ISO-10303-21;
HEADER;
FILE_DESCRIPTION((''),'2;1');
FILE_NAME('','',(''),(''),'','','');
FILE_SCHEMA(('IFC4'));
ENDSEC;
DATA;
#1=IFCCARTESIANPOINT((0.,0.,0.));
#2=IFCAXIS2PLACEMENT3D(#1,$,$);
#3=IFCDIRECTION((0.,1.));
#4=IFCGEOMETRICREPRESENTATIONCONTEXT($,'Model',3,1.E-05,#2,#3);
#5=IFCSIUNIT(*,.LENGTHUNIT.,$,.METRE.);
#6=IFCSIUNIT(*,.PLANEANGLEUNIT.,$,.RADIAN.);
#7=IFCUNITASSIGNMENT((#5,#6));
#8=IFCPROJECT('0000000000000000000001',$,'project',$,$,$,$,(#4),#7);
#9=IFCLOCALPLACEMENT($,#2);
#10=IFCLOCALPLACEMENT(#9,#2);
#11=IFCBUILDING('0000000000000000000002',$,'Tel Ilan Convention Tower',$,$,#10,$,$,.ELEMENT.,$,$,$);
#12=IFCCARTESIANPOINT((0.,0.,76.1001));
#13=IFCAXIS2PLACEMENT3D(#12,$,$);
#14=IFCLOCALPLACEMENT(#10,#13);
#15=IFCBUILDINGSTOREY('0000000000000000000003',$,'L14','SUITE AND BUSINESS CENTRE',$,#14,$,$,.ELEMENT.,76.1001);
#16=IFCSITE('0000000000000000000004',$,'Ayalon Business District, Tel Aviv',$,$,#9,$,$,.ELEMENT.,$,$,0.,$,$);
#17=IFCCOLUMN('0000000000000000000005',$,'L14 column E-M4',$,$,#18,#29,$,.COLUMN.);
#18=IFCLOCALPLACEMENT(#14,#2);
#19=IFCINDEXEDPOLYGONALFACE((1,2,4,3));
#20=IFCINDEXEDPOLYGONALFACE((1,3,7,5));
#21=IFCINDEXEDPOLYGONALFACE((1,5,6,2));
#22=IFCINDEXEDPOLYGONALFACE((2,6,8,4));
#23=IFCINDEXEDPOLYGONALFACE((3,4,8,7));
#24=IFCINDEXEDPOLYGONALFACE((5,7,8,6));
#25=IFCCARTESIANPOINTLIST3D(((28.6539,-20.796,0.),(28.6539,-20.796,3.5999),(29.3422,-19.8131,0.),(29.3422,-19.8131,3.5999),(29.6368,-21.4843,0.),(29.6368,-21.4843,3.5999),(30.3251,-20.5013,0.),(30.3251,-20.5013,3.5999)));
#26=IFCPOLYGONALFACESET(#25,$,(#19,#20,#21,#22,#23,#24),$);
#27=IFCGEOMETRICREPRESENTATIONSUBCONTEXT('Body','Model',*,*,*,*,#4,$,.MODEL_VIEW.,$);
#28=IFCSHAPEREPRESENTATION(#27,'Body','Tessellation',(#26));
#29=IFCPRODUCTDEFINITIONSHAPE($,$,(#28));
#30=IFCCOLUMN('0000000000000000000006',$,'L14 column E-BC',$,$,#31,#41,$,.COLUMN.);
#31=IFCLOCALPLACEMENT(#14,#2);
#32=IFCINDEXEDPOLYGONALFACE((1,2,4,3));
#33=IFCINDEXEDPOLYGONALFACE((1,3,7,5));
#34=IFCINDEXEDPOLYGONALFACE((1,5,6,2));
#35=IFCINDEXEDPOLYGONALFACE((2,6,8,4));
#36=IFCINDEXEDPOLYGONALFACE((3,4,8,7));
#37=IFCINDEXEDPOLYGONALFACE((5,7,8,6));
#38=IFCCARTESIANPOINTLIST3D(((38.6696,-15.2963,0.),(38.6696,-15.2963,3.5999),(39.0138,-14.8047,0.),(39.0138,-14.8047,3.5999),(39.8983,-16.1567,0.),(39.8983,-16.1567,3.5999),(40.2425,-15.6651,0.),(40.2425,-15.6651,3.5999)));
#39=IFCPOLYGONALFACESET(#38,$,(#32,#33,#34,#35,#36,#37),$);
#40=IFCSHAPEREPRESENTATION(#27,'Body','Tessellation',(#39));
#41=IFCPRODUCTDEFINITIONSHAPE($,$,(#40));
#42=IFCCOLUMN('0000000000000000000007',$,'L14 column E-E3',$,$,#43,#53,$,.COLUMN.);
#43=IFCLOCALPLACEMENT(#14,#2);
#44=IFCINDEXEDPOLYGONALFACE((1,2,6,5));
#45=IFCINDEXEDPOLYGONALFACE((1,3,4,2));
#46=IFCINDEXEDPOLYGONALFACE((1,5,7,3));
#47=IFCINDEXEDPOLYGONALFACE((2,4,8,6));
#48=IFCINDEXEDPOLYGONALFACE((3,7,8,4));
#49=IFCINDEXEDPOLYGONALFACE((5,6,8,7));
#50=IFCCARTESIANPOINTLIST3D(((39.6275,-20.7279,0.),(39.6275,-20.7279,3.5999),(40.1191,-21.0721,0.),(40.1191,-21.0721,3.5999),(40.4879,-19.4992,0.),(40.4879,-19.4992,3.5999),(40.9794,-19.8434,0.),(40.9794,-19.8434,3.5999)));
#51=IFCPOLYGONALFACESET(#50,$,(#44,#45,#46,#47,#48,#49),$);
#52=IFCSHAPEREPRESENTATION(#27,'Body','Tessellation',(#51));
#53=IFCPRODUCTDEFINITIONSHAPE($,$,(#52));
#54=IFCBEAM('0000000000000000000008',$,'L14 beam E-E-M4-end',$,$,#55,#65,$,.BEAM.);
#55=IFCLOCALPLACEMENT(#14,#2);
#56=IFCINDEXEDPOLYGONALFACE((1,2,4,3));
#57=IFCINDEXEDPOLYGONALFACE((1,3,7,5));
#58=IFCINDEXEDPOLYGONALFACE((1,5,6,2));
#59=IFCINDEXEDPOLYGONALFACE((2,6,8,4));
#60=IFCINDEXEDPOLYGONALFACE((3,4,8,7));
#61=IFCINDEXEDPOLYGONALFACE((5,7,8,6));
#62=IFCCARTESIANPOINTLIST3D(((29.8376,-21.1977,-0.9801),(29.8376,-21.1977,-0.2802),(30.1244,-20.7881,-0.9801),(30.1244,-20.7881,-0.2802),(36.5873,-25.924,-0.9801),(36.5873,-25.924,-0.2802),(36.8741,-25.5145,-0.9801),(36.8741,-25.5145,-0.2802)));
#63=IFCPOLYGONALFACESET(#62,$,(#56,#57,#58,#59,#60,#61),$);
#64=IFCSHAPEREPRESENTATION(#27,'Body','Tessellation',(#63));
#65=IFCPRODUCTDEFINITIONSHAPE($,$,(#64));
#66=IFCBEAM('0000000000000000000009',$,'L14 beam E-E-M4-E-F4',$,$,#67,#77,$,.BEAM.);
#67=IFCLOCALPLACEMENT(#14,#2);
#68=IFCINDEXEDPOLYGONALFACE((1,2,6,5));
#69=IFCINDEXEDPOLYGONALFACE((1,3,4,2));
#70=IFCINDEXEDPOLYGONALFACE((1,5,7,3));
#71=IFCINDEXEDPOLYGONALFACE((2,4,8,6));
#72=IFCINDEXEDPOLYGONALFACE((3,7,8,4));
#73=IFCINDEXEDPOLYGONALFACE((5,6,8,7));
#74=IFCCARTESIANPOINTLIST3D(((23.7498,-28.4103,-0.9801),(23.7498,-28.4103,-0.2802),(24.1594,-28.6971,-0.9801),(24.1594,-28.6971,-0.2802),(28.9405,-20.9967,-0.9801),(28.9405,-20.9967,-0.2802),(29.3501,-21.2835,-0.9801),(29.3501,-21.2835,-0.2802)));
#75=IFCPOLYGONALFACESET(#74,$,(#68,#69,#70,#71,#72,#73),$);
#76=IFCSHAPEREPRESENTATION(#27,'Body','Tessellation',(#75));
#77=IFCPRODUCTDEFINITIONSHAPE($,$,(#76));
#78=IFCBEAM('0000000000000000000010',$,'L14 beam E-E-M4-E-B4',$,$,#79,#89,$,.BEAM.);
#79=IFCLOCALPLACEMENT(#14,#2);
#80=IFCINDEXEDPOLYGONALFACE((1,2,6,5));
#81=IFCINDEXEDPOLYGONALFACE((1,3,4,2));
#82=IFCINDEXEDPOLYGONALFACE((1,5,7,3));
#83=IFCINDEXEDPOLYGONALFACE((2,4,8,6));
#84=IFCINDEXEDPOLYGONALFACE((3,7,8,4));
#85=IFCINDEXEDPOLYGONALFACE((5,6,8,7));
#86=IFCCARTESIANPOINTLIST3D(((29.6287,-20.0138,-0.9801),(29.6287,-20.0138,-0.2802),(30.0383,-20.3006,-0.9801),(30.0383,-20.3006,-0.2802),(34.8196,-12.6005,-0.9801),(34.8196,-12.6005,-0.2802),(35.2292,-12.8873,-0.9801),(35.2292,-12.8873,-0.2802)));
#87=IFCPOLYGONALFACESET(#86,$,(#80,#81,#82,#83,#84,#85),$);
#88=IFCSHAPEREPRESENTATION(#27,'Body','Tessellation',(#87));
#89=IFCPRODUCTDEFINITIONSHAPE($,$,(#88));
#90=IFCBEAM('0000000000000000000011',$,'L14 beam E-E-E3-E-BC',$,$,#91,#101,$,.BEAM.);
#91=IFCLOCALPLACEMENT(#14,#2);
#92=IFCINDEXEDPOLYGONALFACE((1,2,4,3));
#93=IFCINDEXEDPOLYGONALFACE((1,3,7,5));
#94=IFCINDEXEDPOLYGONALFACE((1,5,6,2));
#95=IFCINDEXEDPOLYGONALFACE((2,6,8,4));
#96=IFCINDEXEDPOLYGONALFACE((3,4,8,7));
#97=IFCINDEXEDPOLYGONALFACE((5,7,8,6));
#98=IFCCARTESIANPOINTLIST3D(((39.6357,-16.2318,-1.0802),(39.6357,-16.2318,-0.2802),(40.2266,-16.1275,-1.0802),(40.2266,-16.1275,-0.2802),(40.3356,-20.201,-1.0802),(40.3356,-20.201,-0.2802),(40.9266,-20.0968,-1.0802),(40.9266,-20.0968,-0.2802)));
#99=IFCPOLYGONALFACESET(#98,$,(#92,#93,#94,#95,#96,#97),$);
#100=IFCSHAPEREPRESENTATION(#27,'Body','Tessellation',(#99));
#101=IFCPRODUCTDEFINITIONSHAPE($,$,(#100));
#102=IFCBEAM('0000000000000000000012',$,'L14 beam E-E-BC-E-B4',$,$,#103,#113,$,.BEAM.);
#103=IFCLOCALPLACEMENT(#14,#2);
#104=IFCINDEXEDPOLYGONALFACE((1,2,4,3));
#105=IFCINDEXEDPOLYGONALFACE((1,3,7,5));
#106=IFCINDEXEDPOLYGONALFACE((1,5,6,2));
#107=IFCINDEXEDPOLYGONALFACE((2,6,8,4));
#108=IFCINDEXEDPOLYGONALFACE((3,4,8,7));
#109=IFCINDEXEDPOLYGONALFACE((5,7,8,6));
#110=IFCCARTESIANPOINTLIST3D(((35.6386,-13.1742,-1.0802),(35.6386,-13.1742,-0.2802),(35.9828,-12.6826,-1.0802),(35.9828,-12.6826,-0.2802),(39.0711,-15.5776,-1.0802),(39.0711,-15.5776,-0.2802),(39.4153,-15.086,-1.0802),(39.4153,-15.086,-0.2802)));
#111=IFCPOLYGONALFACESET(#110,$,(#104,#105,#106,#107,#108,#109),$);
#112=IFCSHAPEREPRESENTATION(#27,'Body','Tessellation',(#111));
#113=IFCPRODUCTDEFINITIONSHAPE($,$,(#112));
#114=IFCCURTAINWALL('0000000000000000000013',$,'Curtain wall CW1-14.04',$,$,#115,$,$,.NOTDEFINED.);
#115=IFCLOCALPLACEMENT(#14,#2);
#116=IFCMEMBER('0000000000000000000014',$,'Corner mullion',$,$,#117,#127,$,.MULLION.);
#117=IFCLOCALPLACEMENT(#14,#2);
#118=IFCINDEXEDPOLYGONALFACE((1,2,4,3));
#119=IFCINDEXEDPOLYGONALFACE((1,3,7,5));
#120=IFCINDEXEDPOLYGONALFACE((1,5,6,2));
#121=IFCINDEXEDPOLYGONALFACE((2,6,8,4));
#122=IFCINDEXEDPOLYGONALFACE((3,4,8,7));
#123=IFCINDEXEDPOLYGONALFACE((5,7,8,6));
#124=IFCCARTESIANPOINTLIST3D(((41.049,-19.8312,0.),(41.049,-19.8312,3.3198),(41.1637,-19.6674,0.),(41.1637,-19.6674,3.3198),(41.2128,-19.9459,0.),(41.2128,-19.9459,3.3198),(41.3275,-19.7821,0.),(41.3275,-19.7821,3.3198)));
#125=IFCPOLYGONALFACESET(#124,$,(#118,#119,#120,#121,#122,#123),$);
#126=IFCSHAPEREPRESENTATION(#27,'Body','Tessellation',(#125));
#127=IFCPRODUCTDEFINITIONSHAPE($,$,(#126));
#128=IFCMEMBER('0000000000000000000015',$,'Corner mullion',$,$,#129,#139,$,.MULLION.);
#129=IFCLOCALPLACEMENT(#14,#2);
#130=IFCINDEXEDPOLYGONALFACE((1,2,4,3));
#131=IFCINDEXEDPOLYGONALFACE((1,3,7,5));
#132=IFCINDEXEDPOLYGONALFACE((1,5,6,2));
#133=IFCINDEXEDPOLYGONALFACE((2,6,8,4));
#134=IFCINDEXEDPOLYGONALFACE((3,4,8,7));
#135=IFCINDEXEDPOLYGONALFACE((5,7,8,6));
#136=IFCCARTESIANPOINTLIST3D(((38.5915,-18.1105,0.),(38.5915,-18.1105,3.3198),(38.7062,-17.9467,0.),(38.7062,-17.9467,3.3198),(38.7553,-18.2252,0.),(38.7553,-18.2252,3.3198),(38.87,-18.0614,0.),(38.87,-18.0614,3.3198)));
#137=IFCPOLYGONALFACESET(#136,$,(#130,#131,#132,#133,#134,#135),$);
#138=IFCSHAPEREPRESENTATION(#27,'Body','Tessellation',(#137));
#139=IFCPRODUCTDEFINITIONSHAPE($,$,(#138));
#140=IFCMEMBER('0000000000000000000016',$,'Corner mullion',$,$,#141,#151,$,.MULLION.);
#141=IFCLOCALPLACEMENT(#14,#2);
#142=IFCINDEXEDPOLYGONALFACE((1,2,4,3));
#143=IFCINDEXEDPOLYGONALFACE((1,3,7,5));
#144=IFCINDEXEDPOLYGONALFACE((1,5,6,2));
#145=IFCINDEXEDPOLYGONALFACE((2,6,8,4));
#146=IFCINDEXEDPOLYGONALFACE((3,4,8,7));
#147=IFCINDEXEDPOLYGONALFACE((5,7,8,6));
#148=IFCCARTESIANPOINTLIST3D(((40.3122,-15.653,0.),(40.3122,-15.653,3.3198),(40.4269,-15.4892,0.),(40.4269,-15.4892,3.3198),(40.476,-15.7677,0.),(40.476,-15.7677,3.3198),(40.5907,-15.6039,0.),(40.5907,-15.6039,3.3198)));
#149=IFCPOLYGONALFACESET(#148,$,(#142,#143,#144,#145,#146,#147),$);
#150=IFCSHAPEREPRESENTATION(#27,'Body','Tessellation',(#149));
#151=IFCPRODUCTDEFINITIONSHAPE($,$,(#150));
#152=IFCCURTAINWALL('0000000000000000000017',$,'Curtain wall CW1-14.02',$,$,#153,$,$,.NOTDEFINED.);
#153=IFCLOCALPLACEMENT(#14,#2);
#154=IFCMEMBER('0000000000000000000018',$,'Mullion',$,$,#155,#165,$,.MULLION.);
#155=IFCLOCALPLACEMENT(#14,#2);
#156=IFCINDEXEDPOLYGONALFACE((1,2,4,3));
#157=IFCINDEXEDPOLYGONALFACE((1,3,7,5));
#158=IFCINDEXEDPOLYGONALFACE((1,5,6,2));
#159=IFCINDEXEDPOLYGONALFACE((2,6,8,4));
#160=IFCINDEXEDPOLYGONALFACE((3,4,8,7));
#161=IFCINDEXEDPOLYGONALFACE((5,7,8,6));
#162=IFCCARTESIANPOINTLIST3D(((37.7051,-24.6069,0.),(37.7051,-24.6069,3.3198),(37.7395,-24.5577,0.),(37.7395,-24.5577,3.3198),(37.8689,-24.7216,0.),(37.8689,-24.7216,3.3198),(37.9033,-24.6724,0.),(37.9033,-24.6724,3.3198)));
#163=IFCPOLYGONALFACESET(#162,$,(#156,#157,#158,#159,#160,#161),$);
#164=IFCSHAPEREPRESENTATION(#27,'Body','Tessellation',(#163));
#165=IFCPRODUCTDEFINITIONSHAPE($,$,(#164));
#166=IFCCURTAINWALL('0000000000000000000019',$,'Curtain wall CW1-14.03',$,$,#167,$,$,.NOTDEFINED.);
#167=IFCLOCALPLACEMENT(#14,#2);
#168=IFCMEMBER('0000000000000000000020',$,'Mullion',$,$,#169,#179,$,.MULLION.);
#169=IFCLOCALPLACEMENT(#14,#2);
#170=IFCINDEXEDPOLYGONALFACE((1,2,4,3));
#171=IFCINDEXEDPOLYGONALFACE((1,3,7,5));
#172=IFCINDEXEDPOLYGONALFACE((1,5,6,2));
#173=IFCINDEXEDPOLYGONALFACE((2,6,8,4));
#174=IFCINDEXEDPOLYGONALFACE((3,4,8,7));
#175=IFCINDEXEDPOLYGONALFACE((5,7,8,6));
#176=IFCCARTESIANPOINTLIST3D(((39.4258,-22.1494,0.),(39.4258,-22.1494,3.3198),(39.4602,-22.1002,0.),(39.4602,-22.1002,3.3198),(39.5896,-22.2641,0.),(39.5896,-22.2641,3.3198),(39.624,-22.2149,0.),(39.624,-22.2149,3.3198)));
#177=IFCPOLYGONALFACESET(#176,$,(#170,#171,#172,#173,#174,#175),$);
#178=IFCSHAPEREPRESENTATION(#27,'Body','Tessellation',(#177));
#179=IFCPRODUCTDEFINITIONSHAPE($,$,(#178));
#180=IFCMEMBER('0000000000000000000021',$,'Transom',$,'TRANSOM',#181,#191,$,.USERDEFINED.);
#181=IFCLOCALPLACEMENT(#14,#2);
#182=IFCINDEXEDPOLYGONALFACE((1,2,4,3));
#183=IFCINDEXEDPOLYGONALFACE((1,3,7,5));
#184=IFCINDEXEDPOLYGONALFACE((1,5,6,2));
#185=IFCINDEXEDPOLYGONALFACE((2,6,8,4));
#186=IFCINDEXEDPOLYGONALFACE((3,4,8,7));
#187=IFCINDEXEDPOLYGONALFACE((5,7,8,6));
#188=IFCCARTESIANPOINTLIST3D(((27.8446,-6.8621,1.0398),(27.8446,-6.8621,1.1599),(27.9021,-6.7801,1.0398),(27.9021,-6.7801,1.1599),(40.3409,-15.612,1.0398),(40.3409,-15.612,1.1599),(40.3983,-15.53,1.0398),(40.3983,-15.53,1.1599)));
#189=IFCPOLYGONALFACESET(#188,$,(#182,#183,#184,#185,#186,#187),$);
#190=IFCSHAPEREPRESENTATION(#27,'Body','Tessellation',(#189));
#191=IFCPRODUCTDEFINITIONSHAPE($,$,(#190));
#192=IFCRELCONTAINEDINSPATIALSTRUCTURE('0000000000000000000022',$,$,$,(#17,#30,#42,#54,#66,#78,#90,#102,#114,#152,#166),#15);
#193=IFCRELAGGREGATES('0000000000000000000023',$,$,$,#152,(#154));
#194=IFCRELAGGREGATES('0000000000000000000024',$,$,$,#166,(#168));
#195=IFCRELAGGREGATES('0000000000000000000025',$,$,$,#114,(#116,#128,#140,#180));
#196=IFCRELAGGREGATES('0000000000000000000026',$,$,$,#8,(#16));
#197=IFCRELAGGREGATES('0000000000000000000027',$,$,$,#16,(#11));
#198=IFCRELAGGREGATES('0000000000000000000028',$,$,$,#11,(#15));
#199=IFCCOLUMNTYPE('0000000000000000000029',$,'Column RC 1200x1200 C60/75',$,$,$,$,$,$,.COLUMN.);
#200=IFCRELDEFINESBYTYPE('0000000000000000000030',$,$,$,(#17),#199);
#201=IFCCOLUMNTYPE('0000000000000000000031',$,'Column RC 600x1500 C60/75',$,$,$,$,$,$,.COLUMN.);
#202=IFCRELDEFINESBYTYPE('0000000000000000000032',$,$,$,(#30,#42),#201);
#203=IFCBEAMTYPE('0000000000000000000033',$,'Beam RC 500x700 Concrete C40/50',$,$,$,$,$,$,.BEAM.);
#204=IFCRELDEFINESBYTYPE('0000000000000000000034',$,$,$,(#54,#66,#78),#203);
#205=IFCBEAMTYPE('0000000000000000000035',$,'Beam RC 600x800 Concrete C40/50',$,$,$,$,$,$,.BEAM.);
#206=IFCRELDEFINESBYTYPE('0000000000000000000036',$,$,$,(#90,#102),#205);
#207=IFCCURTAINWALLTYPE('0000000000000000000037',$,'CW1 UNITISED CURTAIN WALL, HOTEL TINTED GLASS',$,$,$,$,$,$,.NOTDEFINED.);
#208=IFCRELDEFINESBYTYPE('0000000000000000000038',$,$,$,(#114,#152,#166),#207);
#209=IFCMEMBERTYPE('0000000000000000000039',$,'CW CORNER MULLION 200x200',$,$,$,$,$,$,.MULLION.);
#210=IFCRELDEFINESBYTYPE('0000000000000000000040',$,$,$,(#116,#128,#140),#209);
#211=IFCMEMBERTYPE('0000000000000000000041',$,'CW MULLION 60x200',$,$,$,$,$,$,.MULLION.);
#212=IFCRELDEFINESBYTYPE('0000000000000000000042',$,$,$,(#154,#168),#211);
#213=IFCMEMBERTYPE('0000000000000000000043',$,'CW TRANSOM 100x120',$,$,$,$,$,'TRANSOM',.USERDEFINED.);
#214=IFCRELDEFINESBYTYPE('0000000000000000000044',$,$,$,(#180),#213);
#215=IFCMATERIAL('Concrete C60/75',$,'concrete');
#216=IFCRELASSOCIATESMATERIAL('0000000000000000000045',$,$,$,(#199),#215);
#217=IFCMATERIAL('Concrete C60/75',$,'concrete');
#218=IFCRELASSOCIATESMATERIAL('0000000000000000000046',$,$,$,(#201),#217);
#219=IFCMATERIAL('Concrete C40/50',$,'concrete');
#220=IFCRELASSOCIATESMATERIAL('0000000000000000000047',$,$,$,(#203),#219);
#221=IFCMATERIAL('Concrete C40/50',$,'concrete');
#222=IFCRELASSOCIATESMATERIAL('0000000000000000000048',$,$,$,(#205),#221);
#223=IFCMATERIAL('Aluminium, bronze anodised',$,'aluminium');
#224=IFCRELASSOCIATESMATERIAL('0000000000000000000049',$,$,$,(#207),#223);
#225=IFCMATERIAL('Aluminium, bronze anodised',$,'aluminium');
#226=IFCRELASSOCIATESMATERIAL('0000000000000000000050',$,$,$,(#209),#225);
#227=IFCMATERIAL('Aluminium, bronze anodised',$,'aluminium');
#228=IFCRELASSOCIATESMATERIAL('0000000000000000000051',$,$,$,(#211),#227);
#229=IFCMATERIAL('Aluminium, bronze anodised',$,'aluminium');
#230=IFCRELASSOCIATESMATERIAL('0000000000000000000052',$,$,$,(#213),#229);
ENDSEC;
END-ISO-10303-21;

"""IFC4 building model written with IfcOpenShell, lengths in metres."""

from ifc_helpers import new_model, si_unit, direction, frame, origin, origin_2d, place, context, subcontext, project, spatial, rectangle, extrude, material, material_profile, profile_set, type_object, element, aggregate, save


model = new_model("IFC4")

# Units and contexts
model_context = context("Model", 3, precision=1e-05, world=origin(), true_north=direction((0.0, 1.0)))
body_context = subcontext(model_context, "Body", "Model", "MODEL_VIEW")
ifc_project = project(units=[si_unit("LENGTHUNIT", "METRE"), si_unit("PLANEANGLEUNIT", "RADIAN")], contexts=[model_context])

# Site, building, storey
site_placement = place(None, origin())
site = spatial("IfcSite", under=ifc_project, at=site_placement, Name="Ayalon Business District, Tel Aviv", CompositionType="ELEMENT", RefElevation=0.0)
building_placement = place(site_placement, origin())
building = spatial("IfcBuilding", under=site, at=building_placement, Name="Tel Ilan Convention Tower", CompositionType="ELEMENT")
storey_placement = place(building_placement, frame((0.0, 0.0, 76.1001)))
storey = spatial("IfcBuildingStorey", under=building, at=storey_placement, Name="L14", Description="SUITE AND BUSINESS CENTRE", CompositionType="ELEMENT", Elevation=76.1001)

# Columns
ifc_material_1 = material(Name="Concrete C60/75", Category="concrete")
ifc_material_profile_1 = material_profile(ifc_material_1, rectangle(XDim=1.2, YDim=1.2, at=origin_2d()), Name="RC 1200x1200")
ifc_profile_set_1 = profile_set([ifc_material_profile_1], Name="Concrete C60/75")
column_type_1 = type_object("IfcColumnType", Name="Column RC 1200x1200 C60/75", PredefinedType="COLUMN", material=ifc_profile_set_1)
column_placement = place(storey_placement, frame((29.4895, -20.6487, 0.0), z_axis=(0.0, 0.0, 1.0), x_axis=(0.819152, -0.573576, 0.0)))
element("IfcColumn", 1, at=column_placement, inside=storey, type_object=column_type_1, Name="L14 column E-M4", PredefinedType="COLUMN", context=body_context, shape_type="SweptSolid", body=[
    extrude(rectangle(XDim=1.2, YDim=1.2, at=origin_2d()), origin(), (0.0, 0.0, 1.0), 3.5999),
])
ifc_material_2 = material(Name="Concrete C60/75", Category="concrete")
ifc_material_profile_2 = material_profile(ifc_material_2, rectangle(XDim=1.5, YDim=0.6001, at=origin_2d()), Name="RC 600x1500")
ifc_profile_set_2 = profile_set([ifc_material_profile_2], Name="Concrete C60/75")
column_type_2 = type_object("IfcColumnType", Name="Column RC 600x1500 C60/75", PredefinedType="COLUMN", material=ifc_profile_set_2)
for number, where, z_axis, x_axis, name in (
    (2, (39.4561, -15.4807, 0.0), (0.0, 0.0, 1.0), (0.819152, -0.573576, 0.0), "L14 column E-BC"),
    (3, (40.3035, -20.2856, 0.0), (0.0, 0.0, 1.0), (0.573576, 0.819152, 0.0), "L14 column E-E3"),
):
    element("IfcColumn", number, at=place(storey_placement, frame(where, z_axis=z_axis, x_axis=x_axis)), inside=storey, type_object=column_type_2, Name=name, PredefinedType="COLUMN", context=body_context, shape_type="SweptSolid", body=[
        extrude(rectangle(XDim=1.5, YDim=0.6001, at=origin_2d()), origin(), (0.0, 0.0, 1.0), 3.5999),
    ])

# Beams
ifc_material_3 = material(Name="Concrete C40/50", Category="concrete")
ifc_material_profile_3 = material_profile(ifc_material_3, rectangle(XDim=0.5, YDim=0.7, at=origin_2d()), Name="RC 500x700")
ifc_profile_set_3 = profile_set([ifc_material_profile_3], Name="Concrete C40/50")
beam_type_1 = type_object("IfcBeamType", Name="Beam RC 500x700 Concrete C40/50", PredefinedType="BEAM", material=ifc_profile_set_3)
beam_1_placement = place(storey_placement, frame((29.981, -20.9929, -0.6301), z_axis=(0.819147, -0.573584, 0.0), x_axis=(0.573584, 0.819147, 0.0)))
element("IfcBeam", 4, at=beam_1_placement, inside=storey, type_object=beam_type_1, Name="L14 beam E-E-M4-end", PredefinedType="BEAM", context=body_context, shape_type="SweptSolid", body=[
    extrude(rectangle(XDim=0.5, YDim=0.7, at=origin_2d()), origin(), (0.0, 0.0, 1.0), 8.24),
])
for number, where, z_axis, x_axis, name in (
    (5, (29.1453, -21.1401, -0.6301), (-0.573549, -0.819171, 0.0), (0.819171, -0.573549, 0.0), "L14 beam E-E-M4-E-F4"),
    (6, (29.8335, -20.1572, -0.6301), (0.57358, 0.81915, 0.0), (-0.81915, 0.57358, 0.0), "L14 beam E-E-M4-E-B4"),
):
    element("IfcBeam", number, at=place(storey_placement, frame(where, z_axis=z_axis, x_axis=x_axis)), inside=storey, type_object=beam_type_1, Name=name, PredefinedType="BEAM", context=body_context, shape_type="SweptSolid", body=[
        extrude(rectangle(XDim=0.5, YDim=0.7, at=origin_2d()), origin(), (0.0, 0.0, 1.0), 9.05),
    ])
ifc_material_4 = material(Name="Concrete C40/50", Category="concrete")
ifc_material_profile_4 = material_profile(ifc_material_4, rectangle(XDim=0.6001, YDim=0.8, at=origin_2d()), Name="RC 600x800")
ifc_profile_set_4 = profile_set([ifc_material_profile_4], Name="Concrete C40/50")
beam_type_2 = type_object("IfcBeamType", Name="Beam RC 600x800 Concrete C40/50", PredefinedType="BEAM", material=ifc_profile_set_4)
beam_2_placement = place(storey_placement, frame((40.6311, -20.1489, -0.6802), z_axis=(-0.173664, 0.984805, 0.0), x_axis=(-0.984805, -0.173664, 0.0)))
element("IfcBeam", 7, at=beam_2_placement, inside=storey, type_object=beam_type_2, Name="L14 beam E-E-E3-E-BC", PredefinedType="BEAM", context=body_context, shape_type="SweptSolid", body=[
    extrude(rectangle(XDim=0.6001, YDim=0.8, at=origin_2d()), origin(), (0.0, 0.0, 1.0), 4.0305),
])
beam_3_placement = place(storey_placement, frame((39.2432, -15.3318, -0.6802), z_axis=(-0.819158, 0.573568, 0.0), x_axis=(-0.573568, -0.819158, 0.0)))
element("IfcBeam", 8, at=beam_3_placement, inside=storey, type_object=beam_type_2, Name="L14 beam E-E-BC-E-B4", PredefinedType="BEAM", context=body_context, shape_type="SweptSolid", body=[
    extrude(rectangle(XDim=0.6001, YDim=0.8, at=origin_2d()), origin(), (0.0, 0.0, 1.0), 4.1902),
])

# Curtain wall, members
ifc_material_5 = material(Name="Aluminium, bronze anodised", Category="aluminium")
curtain_wall_type = type_object("IfcCurtainWallType", Name="CW1 UNITISED CURTAIN WALL, HOTEL TINTED GLASS", PredefinedType="NOTDEFINED", material=ifc_material_5)
curtain_wall_1_placement = place(storey_placement, origin())
curtain_wall_1 = element("IfcCurtainWall", 9, at=curtain_wall_1_placement, inside=storey, type_object=curtain_wall_type, Name="Curtain wall CW1-14.04", PredefinedType="NOTDEFINED")
ifc_material_6 = material(Name="Aluminium, bronze anodised", Category="aluminium")
ifc_material_profile_5 = material_profile(ifc_material_6, rectangle(XDim=0.2, YDim=0.2, at=origin_2d()), Name="CW CORNER MULLION 200x200")
ifc_profile_set_5 = profile_set([ifc_material_profile_5], Name="Aluminium, bronze anodised")
member_type_1 = type_object("IfcMemberType", Name="CW CORNER MULLION 200x200", PredefinedType="MULLION", material=ifc_profile_set_5)
member_1_placement = place(storey_placement, frame((41.1882, -19.8066, 0.0), z_axis=(0.0, 0.0, 1.0), x_axis=(0.573576, 0.819152, 0.0)))
member_1 = element("IfcMember", 10, at=member_1_placement, type_object=member_type_1, Name="Corner mullion", PredefinedType="MULLION", context=body_context, shape_type="SweptSolid", body=[
    extrude(rectangle(XDim=0.2, YDim=0.2, at=origin_2d()), origin(), (0.0, 0.0, 1.0), 3.3198),
])
member_2_placement = place(storey_placement, frame((38.7307, -18.0859, 0.0), z_axis=(0.0, 0.0, 1.0), x_axis=(-0.819152, 0.573576, 0.0)))
member_2 = element("IfcMember", 11, at=member_2_placement, type_object=member_type_1, Name="Corner mullion", PredefinedType="MULLION", context=body_context, shape_type="SweptSolid", body=[
    extrude(rectangle(XDim=0.2, YDim=0.2, at=origin_2d()), origin(), (0.0, 0.0, 1.0), 3.3198),
])
member_3_placement = place(storey_placement, frame((40.4514, -15.6284, 0.0), z_axis=(0.0, 0.0, 1.0), x_axis=(0.573576, 0.819152, 0.0)))
member_3 = element("IfcMember", 12, at=member_3_placement, type_object=member_type_1, Name="Corner mullion", PredefinedType="MULLION", context=body_context, shape_type="SweptSolid", body=[
    extrude(rectangle(XDim=0.2, YDim=0.2, at=origin_2d()), origin(), (0.0, 0.0, 1.0), 3.3198),
])

# Curtain walls, members
curtain_wall_2_placement = place(storey_placement, origin())
curtain_wall_2 = element("IfcCurtainWall", 13, at=curtain_wall_2_placement, inside=storey, type_object=curtain_wall_type, Name="Curtain wall CW1-14.02", PredefinedType="NOTDEFINED")
ifc_material_7 = material(Name="Aluminium, bronze anodised", Category="aluminium")
ifc_material_profile_6 = material_profile(ifc_material_7, rectangle(XDim=0.0601, YDim=0.2, at=origin_2d()), Name="CW MULLION 60x200")
ifc_profile_set_6 = profile_set([ifc_material_profile_6], Name="Aluminium, bronze anodised")
member_type_2 = type_object("IfcMemberType", Name="CW MULLION 60x200", PredefinedType="MULLION", material=ifc_profile_set_6)
member_4_placement = place(storey_placement, frame((37.8042, -24.6396, 0.0), z_axis=(0.0, 0.0, 1.0), x_axis=(0.573576, 0.819152, 0.0)))
member_4 = element("IfcMember", 14, at=member_4_placement, type_object=member_type_2, Name="Mullion", PredefinedType="MULLION", context=body_context, shape_type="SweptSolid", body=[
    extrude(rectangle(XDim=0.0601, YDim=0.2, at=origin_2d()), origin(), (0.0, 0.0, 1.0), 3.3198),
])
aggregate(curtain_wall_2, [member_4])
curtain_wall_3_placement = place(storey_placement, origin())
curtain_wall_3 = element("IfcCurtainWall", 15, at=curtain_wall_3_placement, inside=storey, type_object=curtain_wall_type, Name="Curtain wall CW1-14.03", PredefinedType="NOTDEFINED")
member_5_placement = place(storey_placement, frame((39.5249, -22.1821, 0.0), z_axis=(0.0, 0.0, 1.0), x_axis=(0.573576, 0.819152, 0.0)))
member_5 = element("IfcMember", 16, at=member_5_placement, type_object=member_type_2, Name="Mullion", PredefinedType="MULLION", context=body_context, shape_type="SweptSolid", body=[
    extrude(rectangle(XDim=0.0601, YDim=0.2, at=origin_2d()), origin(), (0.0, 0.0, 1.0), 3.3198),
])
aggregate(curtain_wall_3, [member_5])

# Member
ifc_material_8 = material(Name="Aluminium, bronze anodised", Category="aluminium")
ifc_material_profile_7 = material_profile(ifc_material_8, rectangle(XDim=0.1001, YDim=0.1201, at=origin_2d()), Name="CW TRANSOM 100x120")
ifc_profile_set_7 = profile_set([ifc_material_profile_7], Name="Aluminium, bronze anodised")
member_type_3 = type_object("IfcMemberType", Name="CW TRANSOM 100x120", ElementType="TRANSOM", PredefinedType="USERDEFINED", material=ifc_profile_set_7)
member_6_placement = place(storey_placement, frame((40.3696, -15.571, 1.0999), z_axis=(-0.819153, 0.573575, 0.0), x_axis=(-0.573575, -0.819153, 0.0)))
member_6 = element("IfcMember", 17, at=member_6_placement, type_object=member_type_3, Name="Transom", ObjectType="TRANSOM", PredefinedType="USERDEFINED", context=body_context, shape_type="SweptSolid", body=[
    extrude(rectangle(XDim=0.1001, YDim=0.1201, at=origin_2d()), origin(), (0.0, 0.0, 1.0), 15.2551),
])

aggregate(curtain_wall_1, [member_1, member_2, member_3, member_6])

save(model, "model.ifc")
